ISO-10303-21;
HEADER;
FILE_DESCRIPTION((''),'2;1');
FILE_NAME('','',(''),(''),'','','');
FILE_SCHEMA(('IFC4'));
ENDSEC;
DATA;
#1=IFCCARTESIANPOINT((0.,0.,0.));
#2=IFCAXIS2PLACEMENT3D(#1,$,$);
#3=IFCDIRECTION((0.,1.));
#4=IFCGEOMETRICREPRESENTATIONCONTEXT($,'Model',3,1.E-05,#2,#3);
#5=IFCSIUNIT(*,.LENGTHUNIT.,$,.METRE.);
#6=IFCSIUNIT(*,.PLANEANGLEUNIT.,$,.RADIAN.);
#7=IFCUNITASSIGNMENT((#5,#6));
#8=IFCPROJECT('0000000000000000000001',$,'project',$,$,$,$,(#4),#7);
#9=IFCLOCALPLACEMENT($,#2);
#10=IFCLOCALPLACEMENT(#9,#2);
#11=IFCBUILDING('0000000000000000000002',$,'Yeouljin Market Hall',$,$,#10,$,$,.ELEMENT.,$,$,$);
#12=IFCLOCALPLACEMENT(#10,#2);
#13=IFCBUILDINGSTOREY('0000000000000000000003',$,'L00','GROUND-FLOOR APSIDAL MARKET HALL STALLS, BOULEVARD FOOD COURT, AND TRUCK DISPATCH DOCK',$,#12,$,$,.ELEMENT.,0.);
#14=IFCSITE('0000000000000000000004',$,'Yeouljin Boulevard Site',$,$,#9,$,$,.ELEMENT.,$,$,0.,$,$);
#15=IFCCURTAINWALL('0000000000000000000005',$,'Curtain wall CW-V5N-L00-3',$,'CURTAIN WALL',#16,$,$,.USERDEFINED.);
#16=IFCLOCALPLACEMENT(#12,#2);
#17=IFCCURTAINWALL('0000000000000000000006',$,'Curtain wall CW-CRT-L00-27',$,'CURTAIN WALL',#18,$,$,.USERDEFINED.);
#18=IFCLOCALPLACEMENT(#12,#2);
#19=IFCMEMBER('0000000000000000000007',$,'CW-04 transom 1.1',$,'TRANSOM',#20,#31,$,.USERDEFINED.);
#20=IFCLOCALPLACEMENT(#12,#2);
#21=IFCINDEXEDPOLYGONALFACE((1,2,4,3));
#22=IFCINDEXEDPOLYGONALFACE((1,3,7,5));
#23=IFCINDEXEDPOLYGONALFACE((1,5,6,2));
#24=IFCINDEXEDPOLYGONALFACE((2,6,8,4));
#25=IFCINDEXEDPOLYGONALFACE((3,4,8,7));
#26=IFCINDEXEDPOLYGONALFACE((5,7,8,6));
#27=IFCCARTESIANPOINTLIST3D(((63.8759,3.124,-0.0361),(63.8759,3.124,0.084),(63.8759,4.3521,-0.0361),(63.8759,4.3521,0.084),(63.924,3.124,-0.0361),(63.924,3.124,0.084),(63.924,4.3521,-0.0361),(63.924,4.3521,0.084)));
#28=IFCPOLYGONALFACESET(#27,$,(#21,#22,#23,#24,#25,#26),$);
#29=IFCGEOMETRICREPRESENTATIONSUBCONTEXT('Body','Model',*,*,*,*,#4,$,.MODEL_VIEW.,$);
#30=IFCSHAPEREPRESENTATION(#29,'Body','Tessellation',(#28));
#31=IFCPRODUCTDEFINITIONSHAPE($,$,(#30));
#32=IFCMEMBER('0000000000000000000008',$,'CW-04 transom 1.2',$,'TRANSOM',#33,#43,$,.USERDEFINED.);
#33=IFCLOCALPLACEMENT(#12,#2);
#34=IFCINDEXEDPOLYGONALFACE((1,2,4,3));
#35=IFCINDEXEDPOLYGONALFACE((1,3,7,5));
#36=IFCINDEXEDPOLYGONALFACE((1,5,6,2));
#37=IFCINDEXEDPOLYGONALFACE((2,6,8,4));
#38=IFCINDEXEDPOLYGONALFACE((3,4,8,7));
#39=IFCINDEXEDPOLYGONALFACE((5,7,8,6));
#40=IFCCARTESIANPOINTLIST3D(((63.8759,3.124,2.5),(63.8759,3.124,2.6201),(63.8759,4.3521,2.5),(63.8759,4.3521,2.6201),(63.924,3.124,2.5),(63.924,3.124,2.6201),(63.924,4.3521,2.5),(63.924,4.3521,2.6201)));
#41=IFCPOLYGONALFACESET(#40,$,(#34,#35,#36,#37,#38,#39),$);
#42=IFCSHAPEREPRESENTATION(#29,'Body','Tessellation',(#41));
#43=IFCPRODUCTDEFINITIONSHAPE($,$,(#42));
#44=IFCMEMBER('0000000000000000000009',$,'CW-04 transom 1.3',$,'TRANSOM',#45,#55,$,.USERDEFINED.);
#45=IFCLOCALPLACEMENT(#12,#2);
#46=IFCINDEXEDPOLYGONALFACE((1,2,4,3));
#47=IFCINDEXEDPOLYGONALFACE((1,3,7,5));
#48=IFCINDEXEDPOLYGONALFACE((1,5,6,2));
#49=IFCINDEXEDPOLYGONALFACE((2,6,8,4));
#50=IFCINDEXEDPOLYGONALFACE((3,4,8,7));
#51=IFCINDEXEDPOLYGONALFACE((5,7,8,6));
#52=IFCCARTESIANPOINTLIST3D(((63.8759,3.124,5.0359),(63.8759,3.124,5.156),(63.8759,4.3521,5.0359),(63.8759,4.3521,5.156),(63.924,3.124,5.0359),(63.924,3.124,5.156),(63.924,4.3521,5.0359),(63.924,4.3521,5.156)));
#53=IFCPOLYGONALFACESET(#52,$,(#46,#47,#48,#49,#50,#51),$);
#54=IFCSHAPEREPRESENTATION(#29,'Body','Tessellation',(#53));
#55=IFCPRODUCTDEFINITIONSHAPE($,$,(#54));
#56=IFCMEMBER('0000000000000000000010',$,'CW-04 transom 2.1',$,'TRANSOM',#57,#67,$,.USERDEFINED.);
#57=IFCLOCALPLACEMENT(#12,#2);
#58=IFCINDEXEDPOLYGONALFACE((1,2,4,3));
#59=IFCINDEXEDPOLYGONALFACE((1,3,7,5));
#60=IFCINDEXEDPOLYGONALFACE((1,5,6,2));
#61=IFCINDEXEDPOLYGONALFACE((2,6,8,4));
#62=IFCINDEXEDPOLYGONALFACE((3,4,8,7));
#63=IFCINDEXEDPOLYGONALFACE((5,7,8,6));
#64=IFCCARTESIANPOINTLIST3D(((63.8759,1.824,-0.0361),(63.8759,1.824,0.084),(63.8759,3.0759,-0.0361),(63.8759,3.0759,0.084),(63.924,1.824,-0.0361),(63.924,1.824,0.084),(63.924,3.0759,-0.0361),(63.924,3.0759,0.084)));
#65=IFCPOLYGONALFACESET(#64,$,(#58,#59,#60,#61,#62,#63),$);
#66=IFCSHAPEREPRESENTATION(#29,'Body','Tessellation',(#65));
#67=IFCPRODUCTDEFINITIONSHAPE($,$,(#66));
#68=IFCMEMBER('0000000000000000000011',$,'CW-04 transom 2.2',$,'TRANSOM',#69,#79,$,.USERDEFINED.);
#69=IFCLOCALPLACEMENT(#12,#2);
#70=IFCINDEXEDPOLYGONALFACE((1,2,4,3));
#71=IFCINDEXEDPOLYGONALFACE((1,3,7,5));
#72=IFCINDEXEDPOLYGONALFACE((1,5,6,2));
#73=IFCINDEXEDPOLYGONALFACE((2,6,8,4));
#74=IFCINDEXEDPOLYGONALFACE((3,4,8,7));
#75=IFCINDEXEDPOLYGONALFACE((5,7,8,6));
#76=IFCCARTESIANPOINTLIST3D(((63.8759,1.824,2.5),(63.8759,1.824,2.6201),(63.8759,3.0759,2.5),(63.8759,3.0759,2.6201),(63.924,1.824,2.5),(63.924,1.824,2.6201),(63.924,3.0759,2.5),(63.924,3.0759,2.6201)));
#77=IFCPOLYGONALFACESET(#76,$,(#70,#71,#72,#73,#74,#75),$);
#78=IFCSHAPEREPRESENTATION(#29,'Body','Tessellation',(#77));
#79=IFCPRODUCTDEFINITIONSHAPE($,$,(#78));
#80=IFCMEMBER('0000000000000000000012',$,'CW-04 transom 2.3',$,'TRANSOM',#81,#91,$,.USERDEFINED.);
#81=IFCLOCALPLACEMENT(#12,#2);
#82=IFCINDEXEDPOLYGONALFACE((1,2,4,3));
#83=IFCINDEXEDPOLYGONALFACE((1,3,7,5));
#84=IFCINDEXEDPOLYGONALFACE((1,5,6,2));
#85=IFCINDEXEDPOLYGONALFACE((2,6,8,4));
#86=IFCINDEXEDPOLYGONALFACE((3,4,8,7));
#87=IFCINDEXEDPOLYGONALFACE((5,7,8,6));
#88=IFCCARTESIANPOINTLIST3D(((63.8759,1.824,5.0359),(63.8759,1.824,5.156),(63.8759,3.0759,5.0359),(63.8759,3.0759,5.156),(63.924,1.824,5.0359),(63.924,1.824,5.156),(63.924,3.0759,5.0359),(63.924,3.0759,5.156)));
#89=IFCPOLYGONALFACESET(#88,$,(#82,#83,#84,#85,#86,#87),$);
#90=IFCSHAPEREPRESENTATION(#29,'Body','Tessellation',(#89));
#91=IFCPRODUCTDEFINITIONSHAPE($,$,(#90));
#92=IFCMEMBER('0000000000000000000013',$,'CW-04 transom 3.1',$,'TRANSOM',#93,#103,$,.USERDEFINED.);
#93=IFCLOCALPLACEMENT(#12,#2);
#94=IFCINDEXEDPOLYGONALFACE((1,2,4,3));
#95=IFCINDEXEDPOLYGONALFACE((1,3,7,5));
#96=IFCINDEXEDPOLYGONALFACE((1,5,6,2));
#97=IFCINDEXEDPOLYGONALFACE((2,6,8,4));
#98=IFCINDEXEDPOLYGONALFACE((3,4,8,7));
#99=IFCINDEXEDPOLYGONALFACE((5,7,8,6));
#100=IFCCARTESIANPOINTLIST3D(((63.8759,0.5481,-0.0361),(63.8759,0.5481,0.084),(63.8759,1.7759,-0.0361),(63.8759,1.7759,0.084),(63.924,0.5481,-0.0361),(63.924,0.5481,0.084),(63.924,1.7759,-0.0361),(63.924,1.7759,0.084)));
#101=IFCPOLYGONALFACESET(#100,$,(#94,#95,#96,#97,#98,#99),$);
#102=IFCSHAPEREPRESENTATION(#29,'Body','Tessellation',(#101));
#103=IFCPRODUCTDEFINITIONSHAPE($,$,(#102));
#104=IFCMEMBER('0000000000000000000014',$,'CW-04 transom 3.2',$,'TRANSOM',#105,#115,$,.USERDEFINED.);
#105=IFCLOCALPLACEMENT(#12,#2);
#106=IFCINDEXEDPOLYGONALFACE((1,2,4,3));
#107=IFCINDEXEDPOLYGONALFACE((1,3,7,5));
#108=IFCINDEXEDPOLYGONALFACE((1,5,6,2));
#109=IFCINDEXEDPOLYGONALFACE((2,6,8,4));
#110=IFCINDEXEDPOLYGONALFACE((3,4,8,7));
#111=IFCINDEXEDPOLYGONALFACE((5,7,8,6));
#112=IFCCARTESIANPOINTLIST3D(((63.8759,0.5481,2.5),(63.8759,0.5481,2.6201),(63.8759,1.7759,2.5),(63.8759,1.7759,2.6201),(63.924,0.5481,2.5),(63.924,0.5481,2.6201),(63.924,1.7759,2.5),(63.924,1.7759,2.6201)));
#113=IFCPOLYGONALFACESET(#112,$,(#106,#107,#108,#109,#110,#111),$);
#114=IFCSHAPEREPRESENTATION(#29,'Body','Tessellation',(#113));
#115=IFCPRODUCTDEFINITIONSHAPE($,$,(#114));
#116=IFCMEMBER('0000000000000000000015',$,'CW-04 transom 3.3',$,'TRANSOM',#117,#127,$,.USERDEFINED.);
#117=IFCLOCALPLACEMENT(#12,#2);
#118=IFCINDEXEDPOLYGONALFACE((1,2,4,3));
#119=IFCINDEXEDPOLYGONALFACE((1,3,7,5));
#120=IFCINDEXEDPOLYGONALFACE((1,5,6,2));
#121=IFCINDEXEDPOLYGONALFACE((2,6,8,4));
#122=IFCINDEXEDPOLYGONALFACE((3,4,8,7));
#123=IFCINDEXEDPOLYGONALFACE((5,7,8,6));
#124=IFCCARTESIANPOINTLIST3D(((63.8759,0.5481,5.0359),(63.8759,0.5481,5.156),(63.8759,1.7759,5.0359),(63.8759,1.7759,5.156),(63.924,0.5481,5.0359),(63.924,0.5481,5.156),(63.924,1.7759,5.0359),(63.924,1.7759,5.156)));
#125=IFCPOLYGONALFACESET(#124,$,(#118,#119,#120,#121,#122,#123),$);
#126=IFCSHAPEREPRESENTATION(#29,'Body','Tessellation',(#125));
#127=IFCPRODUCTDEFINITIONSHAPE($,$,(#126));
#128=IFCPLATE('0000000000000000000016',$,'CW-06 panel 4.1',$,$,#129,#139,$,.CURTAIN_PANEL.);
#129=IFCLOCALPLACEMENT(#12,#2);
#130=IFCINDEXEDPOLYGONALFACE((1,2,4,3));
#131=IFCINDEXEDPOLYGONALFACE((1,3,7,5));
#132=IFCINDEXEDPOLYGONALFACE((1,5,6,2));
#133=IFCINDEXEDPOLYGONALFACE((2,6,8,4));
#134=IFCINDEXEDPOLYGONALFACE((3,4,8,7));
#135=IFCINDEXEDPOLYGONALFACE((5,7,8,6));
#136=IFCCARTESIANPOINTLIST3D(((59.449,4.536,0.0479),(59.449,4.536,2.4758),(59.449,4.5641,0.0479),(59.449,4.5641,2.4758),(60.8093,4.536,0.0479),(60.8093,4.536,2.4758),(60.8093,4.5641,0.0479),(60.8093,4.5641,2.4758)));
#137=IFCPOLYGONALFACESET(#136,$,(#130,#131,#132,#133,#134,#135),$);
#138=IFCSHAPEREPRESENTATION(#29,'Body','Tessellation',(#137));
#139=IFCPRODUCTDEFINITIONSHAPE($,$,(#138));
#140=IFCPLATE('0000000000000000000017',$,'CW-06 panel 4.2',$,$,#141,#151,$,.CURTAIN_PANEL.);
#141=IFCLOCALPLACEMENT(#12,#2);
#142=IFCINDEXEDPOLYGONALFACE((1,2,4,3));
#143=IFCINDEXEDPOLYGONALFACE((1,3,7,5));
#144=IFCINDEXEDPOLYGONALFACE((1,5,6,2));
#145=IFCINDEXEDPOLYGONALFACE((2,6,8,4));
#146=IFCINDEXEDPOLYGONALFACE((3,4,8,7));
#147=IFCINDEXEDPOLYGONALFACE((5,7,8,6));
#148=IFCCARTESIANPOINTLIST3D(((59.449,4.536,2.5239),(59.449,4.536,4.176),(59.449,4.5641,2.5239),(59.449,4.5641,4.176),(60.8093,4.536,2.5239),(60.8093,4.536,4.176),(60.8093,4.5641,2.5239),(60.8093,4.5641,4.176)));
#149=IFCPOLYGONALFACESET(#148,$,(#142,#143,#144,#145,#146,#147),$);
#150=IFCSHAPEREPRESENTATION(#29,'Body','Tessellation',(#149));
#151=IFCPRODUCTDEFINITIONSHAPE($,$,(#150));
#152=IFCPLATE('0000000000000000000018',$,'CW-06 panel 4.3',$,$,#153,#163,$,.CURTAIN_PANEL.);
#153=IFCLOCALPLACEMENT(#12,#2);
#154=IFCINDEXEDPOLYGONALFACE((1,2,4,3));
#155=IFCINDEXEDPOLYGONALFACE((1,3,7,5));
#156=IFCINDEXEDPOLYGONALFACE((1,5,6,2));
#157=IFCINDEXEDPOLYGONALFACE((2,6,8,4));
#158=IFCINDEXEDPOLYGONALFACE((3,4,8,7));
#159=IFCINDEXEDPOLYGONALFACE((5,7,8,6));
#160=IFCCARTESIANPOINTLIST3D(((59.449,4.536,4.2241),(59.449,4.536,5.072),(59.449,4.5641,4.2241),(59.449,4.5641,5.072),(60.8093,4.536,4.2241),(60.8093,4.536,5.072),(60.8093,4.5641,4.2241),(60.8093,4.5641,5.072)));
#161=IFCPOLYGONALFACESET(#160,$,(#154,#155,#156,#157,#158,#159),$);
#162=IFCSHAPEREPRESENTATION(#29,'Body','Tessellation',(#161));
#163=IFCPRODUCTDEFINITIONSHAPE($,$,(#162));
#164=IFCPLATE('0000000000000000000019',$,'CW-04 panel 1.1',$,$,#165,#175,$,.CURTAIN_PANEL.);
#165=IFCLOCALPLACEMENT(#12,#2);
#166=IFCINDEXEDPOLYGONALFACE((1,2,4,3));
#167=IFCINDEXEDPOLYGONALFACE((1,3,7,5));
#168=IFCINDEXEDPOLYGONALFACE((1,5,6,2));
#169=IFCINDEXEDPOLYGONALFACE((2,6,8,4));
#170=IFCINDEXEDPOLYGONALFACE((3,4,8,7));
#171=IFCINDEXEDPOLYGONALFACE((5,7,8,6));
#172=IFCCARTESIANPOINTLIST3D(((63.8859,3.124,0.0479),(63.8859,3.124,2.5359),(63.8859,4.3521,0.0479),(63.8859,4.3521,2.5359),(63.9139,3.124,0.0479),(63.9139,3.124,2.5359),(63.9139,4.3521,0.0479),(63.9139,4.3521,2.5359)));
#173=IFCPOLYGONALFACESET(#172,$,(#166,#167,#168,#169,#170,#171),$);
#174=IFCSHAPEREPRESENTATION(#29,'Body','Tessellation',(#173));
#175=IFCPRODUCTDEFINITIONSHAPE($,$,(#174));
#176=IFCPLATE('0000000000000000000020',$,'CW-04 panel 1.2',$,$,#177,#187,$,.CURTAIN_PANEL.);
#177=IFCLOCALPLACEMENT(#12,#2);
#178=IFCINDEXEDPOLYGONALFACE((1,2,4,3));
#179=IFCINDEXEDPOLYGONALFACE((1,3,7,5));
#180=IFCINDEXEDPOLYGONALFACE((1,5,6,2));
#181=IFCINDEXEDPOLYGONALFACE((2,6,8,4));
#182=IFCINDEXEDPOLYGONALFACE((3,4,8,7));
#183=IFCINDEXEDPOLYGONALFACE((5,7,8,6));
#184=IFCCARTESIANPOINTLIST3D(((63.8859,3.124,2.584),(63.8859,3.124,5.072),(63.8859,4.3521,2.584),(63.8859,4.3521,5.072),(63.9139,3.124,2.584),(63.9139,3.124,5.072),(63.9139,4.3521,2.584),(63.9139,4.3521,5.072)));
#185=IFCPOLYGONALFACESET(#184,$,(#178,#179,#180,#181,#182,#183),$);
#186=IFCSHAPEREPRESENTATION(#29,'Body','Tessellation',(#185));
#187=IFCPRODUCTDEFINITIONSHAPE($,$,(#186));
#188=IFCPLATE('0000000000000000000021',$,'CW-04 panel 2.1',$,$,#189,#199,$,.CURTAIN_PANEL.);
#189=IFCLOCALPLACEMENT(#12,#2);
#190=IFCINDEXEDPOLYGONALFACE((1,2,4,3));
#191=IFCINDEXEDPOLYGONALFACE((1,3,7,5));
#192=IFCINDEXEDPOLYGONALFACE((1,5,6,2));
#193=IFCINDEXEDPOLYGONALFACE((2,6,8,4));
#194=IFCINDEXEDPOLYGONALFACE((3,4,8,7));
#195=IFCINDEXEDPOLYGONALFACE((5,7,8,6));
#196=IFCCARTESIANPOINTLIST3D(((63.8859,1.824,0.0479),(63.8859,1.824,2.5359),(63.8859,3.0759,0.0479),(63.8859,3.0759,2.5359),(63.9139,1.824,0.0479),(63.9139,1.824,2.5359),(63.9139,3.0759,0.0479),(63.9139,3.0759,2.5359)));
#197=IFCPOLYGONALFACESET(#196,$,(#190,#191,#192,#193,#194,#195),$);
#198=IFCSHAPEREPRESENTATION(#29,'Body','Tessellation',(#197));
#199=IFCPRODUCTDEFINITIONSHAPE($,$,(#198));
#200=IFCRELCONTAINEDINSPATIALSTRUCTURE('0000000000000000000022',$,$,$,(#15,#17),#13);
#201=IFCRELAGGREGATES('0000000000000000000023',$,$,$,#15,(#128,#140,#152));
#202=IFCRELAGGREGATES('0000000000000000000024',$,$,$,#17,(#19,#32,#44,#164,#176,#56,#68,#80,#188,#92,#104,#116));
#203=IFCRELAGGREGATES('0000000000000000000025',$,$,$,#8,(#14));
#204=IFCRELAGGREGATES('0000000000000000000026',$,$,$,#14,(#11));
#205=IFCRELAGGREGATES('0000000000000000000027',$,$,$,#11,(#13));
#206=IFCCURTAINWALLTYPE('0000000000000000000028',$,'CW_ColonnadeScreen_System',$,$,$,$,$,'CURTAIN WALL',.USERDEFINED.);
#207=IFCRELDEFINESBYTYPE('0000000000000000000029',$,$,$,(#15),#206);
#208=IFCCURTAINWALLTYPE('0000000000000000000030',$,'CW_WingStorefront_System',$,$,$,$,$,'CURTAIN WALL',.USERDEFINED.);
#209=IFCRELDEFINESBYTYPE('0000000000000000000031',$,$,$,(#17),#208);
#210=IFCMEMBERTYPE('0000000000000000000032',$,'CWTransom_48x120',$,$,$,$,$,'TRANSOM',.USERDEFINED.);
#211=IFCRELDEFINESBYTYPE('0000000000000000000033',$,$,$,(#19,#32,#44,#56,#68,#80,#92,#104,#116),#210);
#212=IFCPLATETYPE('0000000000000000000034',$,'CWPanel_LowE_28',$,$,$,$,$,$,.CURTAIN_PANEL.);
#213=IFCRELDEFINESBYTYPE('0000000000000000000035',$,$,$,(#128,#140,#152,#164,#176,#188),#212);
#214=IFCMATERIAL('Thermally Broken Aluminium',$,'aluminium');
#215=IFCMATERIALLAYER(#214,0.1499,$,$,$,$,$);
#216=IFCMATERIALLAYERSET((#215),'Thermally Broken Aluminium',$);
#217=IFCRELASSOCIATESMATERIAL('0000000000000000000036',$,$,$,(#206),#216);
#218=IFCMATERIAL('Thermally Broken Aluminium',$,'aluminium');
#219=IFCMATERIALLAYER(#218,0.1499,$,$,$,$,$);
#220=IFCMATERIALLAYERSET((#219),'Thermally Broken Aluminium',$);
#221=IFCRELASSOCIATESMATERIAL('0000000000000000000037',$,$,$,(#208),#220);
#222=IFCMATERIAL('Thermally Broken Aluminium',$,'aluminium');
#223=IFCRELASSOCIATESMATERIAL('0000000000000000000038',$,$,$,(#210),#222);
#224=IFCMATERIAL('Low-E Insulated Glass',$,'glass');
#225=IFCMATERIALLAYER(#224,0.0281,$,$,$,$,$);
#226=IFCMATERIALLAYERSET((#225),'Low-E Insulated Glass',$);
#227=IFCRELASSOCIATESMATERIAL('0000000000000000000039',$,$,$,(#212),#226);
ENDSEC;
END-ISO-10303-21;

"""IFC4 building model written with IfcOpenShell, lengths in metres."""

from ifc_helpers import new_model, si_unit, direction, frame, origin, origin_2d, place, context, subcontext, project, spatial, rectangle, extrude, material, layer, layer_set, material_profile, profile_set, type_object, element, aggregate, save


model = new_model("IFC4")

# Units and contexts
model_context = context("Model", 3, precision=1e-05, world=origin(), true_north=direction((0.0, 1.0)))
body_context = subcontext(model_context, "Body", "Model", "MODEL_VIEW")
ifc_project = project(units=[si_unit("LENGTHUNIT", "METRE"), si_unit("PLANEANGLEUNIT", "RADIAN")], contexts=[model_context])

# Site, building, storey
site_placement = place(None, origin())
site = spatial("IfcSite", under=ifc_project, at=site_placement, Name="Yeouljin Boulevard Site", CompositionType="ELEMENT", RefElevation=0.0)
building_placement = place(site_placement, origin())
building = spatial("IfcBuilding", under=site, at=building_placement, Name="Yeouljin Market Hall", CompositionType="ELEMENT")
storey_placement = place(building_placement, origin())
storey = spatial("IfcBuildingStorey", under=building, at=storey_placement, Name="L00", Description="GROUND-FLOOR APSIDAL MARKET HALL STALLS, BOULEVARD FOOD COURT, AND TRUCK DISPATCH DOCK", CompositionType="ELEMENT", Elevation=0.0)

# Curtain wall
ifc_material_1 = material(Name="Thermally Broken Aluminium", Category="aluminium")
ifc_layer_1 = layer(ifc_material_1, 0.1499)
ifc_layer_set_1 = layer_set([ifc_layer_1], Name="Thermally Broken Aluminium")
curtain_wall_type_1 = type_object("IfcCurtainWallType", Name="CW_ColonnadeScreen_System", ElementType="CURTAIN WALL", PredefinedType="USERDEFINED", material=ifc_layer_set_1)
curtain_wall_1_placement = place(storey_placement, origin())
curtain_wall_1 = element("IfcCurtainWall", 1, at=curtain_wall_1_placement, inside=storey, type_object=curtain_wall_type_1, Name="Curtain wall CW-V5N-L00-3", ObjectType="CURTAIN WALL", PredefinedType="USERDEFINED")

# Curtain wall
ifc_material_2 = material(Name="Thermally Broken Aluminium", Category="aluminium")
ifc_layer_2 = layer(ifc_material_2, 0.1499)
ifc_layer_set_2 = layer_set([ifc_layer_2], Name="Thermally Broken Aluminium")
curtain_wall_type_2 = type_object("IfcCurtainWallType", Name="CW_WingStorefront_System", ElementType="CURTAIN WALL", PredefinedType="USERDEFINED", material=ifc_layer_set_2)
curtain_wall_2_placement = place(storey_placement, origin())
curtain_wall_2 = element("IfcCurtainWall", 2, at=curtain_wall_2_placement, inside=storey, type_object=curtain_wall_type_2, Name="Curtain wall CW-CRT-L00-27", ObjectType="CURTAIN WALL", PredefinedType="USERDEFINED")

# Members
ifc_material_3 = material(Name="Thermally Broken Aluminium", Category="aluminium")
ifc_material_profile_1 = material_profile(ifc_material_3, rectangle(XDim=0.0481, YDim=0.1201, at=origin_2d()), Name="CW-TRAN-48x120")
ifc_profile_set_1 = profile_set([ifc_material_profile_1], Name="Thermally Broken Aluminium")
member_type_1 = type_object("IfcMemberType", Name="CWTransom_48x120", ElementType="TRANSOM", PredefinedType="USERDEFINED", material=ifc_profile_set_1)
member_1_placement = place(storey_placement, frame((63.8999, 4.3521, 0.0239), z_axis=(0.0, -1.0, 0.0), x_axis=(1.0, 0.0, 0.0)))
member_1 = element("IfcMember", 3, at=member_1_placement, type_object=member_type_1, Name="CW-04 transom 1.1", ObjectType="TRANSOM", PredefinedType="USERDEFINED", context=body_context, shape_type="SweptSolid", body=[
    extrude(rectangle(XDim=0.0481, YDim=0.1201, at=origin_2d()), origin(), (0.0, 0.0, 1.0), 1.228),
])
member_2_placement = place(storey_placement, frame((63.8999, 4.3521, 2.5601), z_axis=(0.0, -1.0, 0.0), x_axis=(1.0, 0.0, 0.0)))
member_2 = element("IfcMember", 4, at=member_2_placement, type_object=member_type_1, Name="CW-04 transom 1.2", ObjectType="TRANSOM", PredefinedType="USERDEFINED", context=body_context, shape_type="SweptSolid", body=[
    extrude(rectangle(XDim=0.0481, YDim=0.1201, at=origin_2d()), origin(), (0.0, 0.0, 1.0), 1.228),
])
member_3_placement = place(storey_placement, frame((63.8999, 4.3521, 5.0959), z_axis=(0.0, -1.0, 0.0), x_axis=(1.0, 0.0, 0.0)))
member_3 = element("IfcMember", 5, at=member_3_placement, type_object=member_type_1, Name="CW-04 transom 1.3", ObjectType="TRANSOM", PredefinedType="USERDEFINED", context=body_context, shape_type="SweptSolid", body=[
    extrude(rectangle(XDim=0.0481, YDim=0.1201, at=origin_2d()), origin(), (0.0, 0.0, 1.0), 1.228),
])
member_4_placement = place(storey_placement, frame((63.8999, 3.0759, 0.0239), z_axis=(0.0, -1.0, 0.0), x_axis=(1.0, 0.0, 0.0)))
member_4 = element("IfcMember", 6, at=member_4_placement, type_object=member_type_1, Name="CW-04 transom 2.1", ObjectType="TRANSOM", PredefinedType="USERDEFINED", context=body_context, shape_type="SweptSolid", body=[
    extrude(rectangle(XDim=0.0481, YDim=0.1201, at=origin_2d()), origin(), (0.0, 0.0, 1.0), 1.252),
])
member_5_placement = place(storey_placement, frame((63.8999, 3.0759, 2.5601), z_axis=(0.0, -1.0, 0.0), x_axis=(1.0, 0.0, 0.0)))
member_5 = element("IfcMember", 7, at=member_5_placement, type_object=member_type_1, Name="CW-04 transom 2.2", ObjectType="TRANSOM", PredefinedType="USERDEFINED", context=body_context, shape_type="SweptSolid", body=[
    extrude(rectangle(XDim=0.0481, YDim=0.1201, at=origin_2d()), origin(), (0.0, 0.0, 1.0), 1.252),
])
member_6_placement = place(storey_placement, frame((63.8999, 3.0759, 5.0959), z_axis=(0.0, -1.0, 0.0), x_axis=(1.0, 0.0, 0.0)))
member_6 = element("IfcMember", 8, at=member_6_placement, type_object=member_type_1, Name="CW-04 transom 2.3", ObjectType="TRANSOM", PredefinedType="USERDEFINED", context=body_context, shape_type="SweptSolid", body=[
    extrude(rectangle(XDim=0.0481, YDim=0.1201, at=origin_2d()), origin(), (0.0, 0.0, 1.0), 1.252),
])
member_7_placement = place(storey_placement, frame((63.8999, 1.7759, 0.0239), z_axis=(0.0, -1.0, 0.0), x_axis=(1.0, 0.0, 0.0)))
member_7 = element("IfcMember", 9, at=member_7_placement, type_object=member_type_1, Name="CW-04 transom 3.1", ObjectType="TRANSOM", PredefinedType="USERDEFINED", context=body_context, shape_type="SweptSolid", body=[
    extrude(rectangle(XDim=0.0481, YDim=0.1201, at=origin_2d()), origin(), (0.0, 0.0, 1.0), 1.2278),
])
member_8_placement = place(storey_placement, frame((63.8999, 1.7759, 2.5601), z_axis=(0.0, -1.0, 0.0), x_axis=(1.0, 0.0, 0.0)))
member_8 = element("IfcMember", 10, at=member_8_placement, type_object=member_type_1, Name="CW-04 transom 3.2", ObjectType="TRANSOM", PredefinedType="USERDEFINED", context=body_context, shape_type="SweptSolid", body=[
    extrude(rectangle(XDim=0.0481, YDim=0.1201, at=origin_2d()), origin(), (0.0, 0.0, 1.0), 1.2278),
])
member_9_placement = place(storey_placement, frame((63.8999, 1.7759, 5.0959), z_axis=(0.0, -1.0, 0.0), x_axis=(1.0, 0.0, 0.0)))
member_9 = element("IfcMember", 11, at=member_9_placement, type_object=member_type_1, Name="CW-04 transom 3.3", ObjectType="TRANSOM", PredefinedType="USERDEFINED", context=body_context, shape_type="SweptSolid", body=[
    extrude(rectangle(XDim=0.0481, YDim=0.1201, at=origin_2d()), origin(), (0.0, 0.0, 1.0), 1.2278),
])

# Plates
ifc_material_4 = material(Name="Low-E Insulated Glass", Category="glass")
ifc_layer_3 = layer(ifc_material_4, 0.0281)
ifc_layer_set_3 = layer_set([ifc_layer_3], Name="Low-E Insulated Glass")
plate_type = type_object("IfcPlateType", Name="CWPanel_LowE_28", PredefinedType="CURTAIN_PANEL", material=ifc_layer_set_3)
plate_1_placement = place(storey_placement, frame((60.1292, 4.55, 0.0479), z_axis=(0.0, 0.0, 1.0), x_axis=(1.0, 0.0, 0.0)))
plate_1 = element("IfcPlate", 12, at=plate_1_placement, type_object=plate_type, Name="CW-06 panel 4.1", PredefinedType="CURTAIN_PANEL", context=body_context, shape_type="SweptSolid", body=[
    extrude(rectangle(XDim=1.3604, YDim=0.0281, at=origin_2d()), origin(), (0.0, 0.0, 1.0), 2.428),
])
plate_2_placement = place(storey_placement, frame((60.1292, 4.55, 2.5239), z_axis=(0.0, 0.0, 1.0), x_axis=(1.0, 0.0, 0.0)))
plate_2 = element("IfcPlate", 13, at=plate_2_placement, type_object=plate_type, Name="CW-06 panel 4.2", PredefinedType="CURTAIN_PANEL", context=body_context, shape_type="SweptSolid", body=[
    extrude(rectangle(XDim=1.3604, YDim=0.0281, at=origin_2d()), origin(), (0.0, 0.0, 1.0), 1.6521),
])
plate_3_placement = place(storey_placement, frame((60.1292, 4.55, 4.2241), z_axis=(0.0, 0.0, 1.0), x_axis=(1.0, 0.0, 0.0)))
plate_3 = element("IfcPlate", 14, at=plate_3_placement, type_object=plate_type, Name="CW-06 panel 4.3", PredefinedType="CURTAIN_PANEL", context=body_context, shape_type="SweptSolid", body=[
    extrude(rectangle(XDim=1.3604, YDim=0.0281, at=origin_2d()), origin(), (0.0, 0.0, 1.0), 0.8479),
])
aggregate(curtain_wall_1, [plate_1, plate_2, plate_3])
plate_4_placement = place(storey_placement, frame((63.8999, 3.738, 0.0479), z_axis=(0.0, 0.0, 1.0), x_axis=(0.0, -1.0, 0.0)))
plate_4 = element("IfcPlate", 15, at=plate_4_placement, type_object=plate_type, Name="CW-04 panel 1.1", PredefinedType="CURTAIN_PANEL", context=body_context, shape_type="SweptSolid", body=[
    extrude(rectangle(XDim=1.228, YDim=0.0281, at=origin_2d()), origin(), (0.0, 0.0, 1.0), 2.488),
])
plate_5_placement = place(storey_placement, frame((63.8999, 3.738, 2.584), z_axis=(0.0, 0.0, 1.0), x_axis=(0.0, -1.0, 0.0)))
plate_5 = element("IfcPlate", 16, at=plate_5_placement, type_object=plate_type, Name="CW-04 panel 1.2", PredefinedType="CURTAIN_PANEL", context=body_context, shape_type="SweptSolid", body=[
    extrude(rectangle(XDim=1.228, YDim=0.0281, at=origin_2d()), origin(), (0.0, 0.0, 1.0), 2.488),
])
plate_6_placement = place(storey_placement, frame((63.8999, 2.45, 0.0479), z_axis=(0.0, 0.0, 1.0), x_axis=(0.0, -1.0, 0.0)))
plate_6 = element("IfcPlate", 17, at=plate_6_placement, type_object=plate_type, Name="CW-04 panel 2.1", PredefinedType="CURTAIN_PANEL", context=body_context, shape_type="SweptSolid", body=[
    extrude(rectangle(XDim=1.252, YDim=0.0281, at=origin_2d()), origin(), (0.0, 0.0, 1.0), 2.488),
])
aggregate(curtain_wall_2, [member_1, member_2, member_3, plate_4, plate_5, member_4, member_5, member_6, plate_6, member_7, member_8, member_9])

save(model, "model.ifc")
